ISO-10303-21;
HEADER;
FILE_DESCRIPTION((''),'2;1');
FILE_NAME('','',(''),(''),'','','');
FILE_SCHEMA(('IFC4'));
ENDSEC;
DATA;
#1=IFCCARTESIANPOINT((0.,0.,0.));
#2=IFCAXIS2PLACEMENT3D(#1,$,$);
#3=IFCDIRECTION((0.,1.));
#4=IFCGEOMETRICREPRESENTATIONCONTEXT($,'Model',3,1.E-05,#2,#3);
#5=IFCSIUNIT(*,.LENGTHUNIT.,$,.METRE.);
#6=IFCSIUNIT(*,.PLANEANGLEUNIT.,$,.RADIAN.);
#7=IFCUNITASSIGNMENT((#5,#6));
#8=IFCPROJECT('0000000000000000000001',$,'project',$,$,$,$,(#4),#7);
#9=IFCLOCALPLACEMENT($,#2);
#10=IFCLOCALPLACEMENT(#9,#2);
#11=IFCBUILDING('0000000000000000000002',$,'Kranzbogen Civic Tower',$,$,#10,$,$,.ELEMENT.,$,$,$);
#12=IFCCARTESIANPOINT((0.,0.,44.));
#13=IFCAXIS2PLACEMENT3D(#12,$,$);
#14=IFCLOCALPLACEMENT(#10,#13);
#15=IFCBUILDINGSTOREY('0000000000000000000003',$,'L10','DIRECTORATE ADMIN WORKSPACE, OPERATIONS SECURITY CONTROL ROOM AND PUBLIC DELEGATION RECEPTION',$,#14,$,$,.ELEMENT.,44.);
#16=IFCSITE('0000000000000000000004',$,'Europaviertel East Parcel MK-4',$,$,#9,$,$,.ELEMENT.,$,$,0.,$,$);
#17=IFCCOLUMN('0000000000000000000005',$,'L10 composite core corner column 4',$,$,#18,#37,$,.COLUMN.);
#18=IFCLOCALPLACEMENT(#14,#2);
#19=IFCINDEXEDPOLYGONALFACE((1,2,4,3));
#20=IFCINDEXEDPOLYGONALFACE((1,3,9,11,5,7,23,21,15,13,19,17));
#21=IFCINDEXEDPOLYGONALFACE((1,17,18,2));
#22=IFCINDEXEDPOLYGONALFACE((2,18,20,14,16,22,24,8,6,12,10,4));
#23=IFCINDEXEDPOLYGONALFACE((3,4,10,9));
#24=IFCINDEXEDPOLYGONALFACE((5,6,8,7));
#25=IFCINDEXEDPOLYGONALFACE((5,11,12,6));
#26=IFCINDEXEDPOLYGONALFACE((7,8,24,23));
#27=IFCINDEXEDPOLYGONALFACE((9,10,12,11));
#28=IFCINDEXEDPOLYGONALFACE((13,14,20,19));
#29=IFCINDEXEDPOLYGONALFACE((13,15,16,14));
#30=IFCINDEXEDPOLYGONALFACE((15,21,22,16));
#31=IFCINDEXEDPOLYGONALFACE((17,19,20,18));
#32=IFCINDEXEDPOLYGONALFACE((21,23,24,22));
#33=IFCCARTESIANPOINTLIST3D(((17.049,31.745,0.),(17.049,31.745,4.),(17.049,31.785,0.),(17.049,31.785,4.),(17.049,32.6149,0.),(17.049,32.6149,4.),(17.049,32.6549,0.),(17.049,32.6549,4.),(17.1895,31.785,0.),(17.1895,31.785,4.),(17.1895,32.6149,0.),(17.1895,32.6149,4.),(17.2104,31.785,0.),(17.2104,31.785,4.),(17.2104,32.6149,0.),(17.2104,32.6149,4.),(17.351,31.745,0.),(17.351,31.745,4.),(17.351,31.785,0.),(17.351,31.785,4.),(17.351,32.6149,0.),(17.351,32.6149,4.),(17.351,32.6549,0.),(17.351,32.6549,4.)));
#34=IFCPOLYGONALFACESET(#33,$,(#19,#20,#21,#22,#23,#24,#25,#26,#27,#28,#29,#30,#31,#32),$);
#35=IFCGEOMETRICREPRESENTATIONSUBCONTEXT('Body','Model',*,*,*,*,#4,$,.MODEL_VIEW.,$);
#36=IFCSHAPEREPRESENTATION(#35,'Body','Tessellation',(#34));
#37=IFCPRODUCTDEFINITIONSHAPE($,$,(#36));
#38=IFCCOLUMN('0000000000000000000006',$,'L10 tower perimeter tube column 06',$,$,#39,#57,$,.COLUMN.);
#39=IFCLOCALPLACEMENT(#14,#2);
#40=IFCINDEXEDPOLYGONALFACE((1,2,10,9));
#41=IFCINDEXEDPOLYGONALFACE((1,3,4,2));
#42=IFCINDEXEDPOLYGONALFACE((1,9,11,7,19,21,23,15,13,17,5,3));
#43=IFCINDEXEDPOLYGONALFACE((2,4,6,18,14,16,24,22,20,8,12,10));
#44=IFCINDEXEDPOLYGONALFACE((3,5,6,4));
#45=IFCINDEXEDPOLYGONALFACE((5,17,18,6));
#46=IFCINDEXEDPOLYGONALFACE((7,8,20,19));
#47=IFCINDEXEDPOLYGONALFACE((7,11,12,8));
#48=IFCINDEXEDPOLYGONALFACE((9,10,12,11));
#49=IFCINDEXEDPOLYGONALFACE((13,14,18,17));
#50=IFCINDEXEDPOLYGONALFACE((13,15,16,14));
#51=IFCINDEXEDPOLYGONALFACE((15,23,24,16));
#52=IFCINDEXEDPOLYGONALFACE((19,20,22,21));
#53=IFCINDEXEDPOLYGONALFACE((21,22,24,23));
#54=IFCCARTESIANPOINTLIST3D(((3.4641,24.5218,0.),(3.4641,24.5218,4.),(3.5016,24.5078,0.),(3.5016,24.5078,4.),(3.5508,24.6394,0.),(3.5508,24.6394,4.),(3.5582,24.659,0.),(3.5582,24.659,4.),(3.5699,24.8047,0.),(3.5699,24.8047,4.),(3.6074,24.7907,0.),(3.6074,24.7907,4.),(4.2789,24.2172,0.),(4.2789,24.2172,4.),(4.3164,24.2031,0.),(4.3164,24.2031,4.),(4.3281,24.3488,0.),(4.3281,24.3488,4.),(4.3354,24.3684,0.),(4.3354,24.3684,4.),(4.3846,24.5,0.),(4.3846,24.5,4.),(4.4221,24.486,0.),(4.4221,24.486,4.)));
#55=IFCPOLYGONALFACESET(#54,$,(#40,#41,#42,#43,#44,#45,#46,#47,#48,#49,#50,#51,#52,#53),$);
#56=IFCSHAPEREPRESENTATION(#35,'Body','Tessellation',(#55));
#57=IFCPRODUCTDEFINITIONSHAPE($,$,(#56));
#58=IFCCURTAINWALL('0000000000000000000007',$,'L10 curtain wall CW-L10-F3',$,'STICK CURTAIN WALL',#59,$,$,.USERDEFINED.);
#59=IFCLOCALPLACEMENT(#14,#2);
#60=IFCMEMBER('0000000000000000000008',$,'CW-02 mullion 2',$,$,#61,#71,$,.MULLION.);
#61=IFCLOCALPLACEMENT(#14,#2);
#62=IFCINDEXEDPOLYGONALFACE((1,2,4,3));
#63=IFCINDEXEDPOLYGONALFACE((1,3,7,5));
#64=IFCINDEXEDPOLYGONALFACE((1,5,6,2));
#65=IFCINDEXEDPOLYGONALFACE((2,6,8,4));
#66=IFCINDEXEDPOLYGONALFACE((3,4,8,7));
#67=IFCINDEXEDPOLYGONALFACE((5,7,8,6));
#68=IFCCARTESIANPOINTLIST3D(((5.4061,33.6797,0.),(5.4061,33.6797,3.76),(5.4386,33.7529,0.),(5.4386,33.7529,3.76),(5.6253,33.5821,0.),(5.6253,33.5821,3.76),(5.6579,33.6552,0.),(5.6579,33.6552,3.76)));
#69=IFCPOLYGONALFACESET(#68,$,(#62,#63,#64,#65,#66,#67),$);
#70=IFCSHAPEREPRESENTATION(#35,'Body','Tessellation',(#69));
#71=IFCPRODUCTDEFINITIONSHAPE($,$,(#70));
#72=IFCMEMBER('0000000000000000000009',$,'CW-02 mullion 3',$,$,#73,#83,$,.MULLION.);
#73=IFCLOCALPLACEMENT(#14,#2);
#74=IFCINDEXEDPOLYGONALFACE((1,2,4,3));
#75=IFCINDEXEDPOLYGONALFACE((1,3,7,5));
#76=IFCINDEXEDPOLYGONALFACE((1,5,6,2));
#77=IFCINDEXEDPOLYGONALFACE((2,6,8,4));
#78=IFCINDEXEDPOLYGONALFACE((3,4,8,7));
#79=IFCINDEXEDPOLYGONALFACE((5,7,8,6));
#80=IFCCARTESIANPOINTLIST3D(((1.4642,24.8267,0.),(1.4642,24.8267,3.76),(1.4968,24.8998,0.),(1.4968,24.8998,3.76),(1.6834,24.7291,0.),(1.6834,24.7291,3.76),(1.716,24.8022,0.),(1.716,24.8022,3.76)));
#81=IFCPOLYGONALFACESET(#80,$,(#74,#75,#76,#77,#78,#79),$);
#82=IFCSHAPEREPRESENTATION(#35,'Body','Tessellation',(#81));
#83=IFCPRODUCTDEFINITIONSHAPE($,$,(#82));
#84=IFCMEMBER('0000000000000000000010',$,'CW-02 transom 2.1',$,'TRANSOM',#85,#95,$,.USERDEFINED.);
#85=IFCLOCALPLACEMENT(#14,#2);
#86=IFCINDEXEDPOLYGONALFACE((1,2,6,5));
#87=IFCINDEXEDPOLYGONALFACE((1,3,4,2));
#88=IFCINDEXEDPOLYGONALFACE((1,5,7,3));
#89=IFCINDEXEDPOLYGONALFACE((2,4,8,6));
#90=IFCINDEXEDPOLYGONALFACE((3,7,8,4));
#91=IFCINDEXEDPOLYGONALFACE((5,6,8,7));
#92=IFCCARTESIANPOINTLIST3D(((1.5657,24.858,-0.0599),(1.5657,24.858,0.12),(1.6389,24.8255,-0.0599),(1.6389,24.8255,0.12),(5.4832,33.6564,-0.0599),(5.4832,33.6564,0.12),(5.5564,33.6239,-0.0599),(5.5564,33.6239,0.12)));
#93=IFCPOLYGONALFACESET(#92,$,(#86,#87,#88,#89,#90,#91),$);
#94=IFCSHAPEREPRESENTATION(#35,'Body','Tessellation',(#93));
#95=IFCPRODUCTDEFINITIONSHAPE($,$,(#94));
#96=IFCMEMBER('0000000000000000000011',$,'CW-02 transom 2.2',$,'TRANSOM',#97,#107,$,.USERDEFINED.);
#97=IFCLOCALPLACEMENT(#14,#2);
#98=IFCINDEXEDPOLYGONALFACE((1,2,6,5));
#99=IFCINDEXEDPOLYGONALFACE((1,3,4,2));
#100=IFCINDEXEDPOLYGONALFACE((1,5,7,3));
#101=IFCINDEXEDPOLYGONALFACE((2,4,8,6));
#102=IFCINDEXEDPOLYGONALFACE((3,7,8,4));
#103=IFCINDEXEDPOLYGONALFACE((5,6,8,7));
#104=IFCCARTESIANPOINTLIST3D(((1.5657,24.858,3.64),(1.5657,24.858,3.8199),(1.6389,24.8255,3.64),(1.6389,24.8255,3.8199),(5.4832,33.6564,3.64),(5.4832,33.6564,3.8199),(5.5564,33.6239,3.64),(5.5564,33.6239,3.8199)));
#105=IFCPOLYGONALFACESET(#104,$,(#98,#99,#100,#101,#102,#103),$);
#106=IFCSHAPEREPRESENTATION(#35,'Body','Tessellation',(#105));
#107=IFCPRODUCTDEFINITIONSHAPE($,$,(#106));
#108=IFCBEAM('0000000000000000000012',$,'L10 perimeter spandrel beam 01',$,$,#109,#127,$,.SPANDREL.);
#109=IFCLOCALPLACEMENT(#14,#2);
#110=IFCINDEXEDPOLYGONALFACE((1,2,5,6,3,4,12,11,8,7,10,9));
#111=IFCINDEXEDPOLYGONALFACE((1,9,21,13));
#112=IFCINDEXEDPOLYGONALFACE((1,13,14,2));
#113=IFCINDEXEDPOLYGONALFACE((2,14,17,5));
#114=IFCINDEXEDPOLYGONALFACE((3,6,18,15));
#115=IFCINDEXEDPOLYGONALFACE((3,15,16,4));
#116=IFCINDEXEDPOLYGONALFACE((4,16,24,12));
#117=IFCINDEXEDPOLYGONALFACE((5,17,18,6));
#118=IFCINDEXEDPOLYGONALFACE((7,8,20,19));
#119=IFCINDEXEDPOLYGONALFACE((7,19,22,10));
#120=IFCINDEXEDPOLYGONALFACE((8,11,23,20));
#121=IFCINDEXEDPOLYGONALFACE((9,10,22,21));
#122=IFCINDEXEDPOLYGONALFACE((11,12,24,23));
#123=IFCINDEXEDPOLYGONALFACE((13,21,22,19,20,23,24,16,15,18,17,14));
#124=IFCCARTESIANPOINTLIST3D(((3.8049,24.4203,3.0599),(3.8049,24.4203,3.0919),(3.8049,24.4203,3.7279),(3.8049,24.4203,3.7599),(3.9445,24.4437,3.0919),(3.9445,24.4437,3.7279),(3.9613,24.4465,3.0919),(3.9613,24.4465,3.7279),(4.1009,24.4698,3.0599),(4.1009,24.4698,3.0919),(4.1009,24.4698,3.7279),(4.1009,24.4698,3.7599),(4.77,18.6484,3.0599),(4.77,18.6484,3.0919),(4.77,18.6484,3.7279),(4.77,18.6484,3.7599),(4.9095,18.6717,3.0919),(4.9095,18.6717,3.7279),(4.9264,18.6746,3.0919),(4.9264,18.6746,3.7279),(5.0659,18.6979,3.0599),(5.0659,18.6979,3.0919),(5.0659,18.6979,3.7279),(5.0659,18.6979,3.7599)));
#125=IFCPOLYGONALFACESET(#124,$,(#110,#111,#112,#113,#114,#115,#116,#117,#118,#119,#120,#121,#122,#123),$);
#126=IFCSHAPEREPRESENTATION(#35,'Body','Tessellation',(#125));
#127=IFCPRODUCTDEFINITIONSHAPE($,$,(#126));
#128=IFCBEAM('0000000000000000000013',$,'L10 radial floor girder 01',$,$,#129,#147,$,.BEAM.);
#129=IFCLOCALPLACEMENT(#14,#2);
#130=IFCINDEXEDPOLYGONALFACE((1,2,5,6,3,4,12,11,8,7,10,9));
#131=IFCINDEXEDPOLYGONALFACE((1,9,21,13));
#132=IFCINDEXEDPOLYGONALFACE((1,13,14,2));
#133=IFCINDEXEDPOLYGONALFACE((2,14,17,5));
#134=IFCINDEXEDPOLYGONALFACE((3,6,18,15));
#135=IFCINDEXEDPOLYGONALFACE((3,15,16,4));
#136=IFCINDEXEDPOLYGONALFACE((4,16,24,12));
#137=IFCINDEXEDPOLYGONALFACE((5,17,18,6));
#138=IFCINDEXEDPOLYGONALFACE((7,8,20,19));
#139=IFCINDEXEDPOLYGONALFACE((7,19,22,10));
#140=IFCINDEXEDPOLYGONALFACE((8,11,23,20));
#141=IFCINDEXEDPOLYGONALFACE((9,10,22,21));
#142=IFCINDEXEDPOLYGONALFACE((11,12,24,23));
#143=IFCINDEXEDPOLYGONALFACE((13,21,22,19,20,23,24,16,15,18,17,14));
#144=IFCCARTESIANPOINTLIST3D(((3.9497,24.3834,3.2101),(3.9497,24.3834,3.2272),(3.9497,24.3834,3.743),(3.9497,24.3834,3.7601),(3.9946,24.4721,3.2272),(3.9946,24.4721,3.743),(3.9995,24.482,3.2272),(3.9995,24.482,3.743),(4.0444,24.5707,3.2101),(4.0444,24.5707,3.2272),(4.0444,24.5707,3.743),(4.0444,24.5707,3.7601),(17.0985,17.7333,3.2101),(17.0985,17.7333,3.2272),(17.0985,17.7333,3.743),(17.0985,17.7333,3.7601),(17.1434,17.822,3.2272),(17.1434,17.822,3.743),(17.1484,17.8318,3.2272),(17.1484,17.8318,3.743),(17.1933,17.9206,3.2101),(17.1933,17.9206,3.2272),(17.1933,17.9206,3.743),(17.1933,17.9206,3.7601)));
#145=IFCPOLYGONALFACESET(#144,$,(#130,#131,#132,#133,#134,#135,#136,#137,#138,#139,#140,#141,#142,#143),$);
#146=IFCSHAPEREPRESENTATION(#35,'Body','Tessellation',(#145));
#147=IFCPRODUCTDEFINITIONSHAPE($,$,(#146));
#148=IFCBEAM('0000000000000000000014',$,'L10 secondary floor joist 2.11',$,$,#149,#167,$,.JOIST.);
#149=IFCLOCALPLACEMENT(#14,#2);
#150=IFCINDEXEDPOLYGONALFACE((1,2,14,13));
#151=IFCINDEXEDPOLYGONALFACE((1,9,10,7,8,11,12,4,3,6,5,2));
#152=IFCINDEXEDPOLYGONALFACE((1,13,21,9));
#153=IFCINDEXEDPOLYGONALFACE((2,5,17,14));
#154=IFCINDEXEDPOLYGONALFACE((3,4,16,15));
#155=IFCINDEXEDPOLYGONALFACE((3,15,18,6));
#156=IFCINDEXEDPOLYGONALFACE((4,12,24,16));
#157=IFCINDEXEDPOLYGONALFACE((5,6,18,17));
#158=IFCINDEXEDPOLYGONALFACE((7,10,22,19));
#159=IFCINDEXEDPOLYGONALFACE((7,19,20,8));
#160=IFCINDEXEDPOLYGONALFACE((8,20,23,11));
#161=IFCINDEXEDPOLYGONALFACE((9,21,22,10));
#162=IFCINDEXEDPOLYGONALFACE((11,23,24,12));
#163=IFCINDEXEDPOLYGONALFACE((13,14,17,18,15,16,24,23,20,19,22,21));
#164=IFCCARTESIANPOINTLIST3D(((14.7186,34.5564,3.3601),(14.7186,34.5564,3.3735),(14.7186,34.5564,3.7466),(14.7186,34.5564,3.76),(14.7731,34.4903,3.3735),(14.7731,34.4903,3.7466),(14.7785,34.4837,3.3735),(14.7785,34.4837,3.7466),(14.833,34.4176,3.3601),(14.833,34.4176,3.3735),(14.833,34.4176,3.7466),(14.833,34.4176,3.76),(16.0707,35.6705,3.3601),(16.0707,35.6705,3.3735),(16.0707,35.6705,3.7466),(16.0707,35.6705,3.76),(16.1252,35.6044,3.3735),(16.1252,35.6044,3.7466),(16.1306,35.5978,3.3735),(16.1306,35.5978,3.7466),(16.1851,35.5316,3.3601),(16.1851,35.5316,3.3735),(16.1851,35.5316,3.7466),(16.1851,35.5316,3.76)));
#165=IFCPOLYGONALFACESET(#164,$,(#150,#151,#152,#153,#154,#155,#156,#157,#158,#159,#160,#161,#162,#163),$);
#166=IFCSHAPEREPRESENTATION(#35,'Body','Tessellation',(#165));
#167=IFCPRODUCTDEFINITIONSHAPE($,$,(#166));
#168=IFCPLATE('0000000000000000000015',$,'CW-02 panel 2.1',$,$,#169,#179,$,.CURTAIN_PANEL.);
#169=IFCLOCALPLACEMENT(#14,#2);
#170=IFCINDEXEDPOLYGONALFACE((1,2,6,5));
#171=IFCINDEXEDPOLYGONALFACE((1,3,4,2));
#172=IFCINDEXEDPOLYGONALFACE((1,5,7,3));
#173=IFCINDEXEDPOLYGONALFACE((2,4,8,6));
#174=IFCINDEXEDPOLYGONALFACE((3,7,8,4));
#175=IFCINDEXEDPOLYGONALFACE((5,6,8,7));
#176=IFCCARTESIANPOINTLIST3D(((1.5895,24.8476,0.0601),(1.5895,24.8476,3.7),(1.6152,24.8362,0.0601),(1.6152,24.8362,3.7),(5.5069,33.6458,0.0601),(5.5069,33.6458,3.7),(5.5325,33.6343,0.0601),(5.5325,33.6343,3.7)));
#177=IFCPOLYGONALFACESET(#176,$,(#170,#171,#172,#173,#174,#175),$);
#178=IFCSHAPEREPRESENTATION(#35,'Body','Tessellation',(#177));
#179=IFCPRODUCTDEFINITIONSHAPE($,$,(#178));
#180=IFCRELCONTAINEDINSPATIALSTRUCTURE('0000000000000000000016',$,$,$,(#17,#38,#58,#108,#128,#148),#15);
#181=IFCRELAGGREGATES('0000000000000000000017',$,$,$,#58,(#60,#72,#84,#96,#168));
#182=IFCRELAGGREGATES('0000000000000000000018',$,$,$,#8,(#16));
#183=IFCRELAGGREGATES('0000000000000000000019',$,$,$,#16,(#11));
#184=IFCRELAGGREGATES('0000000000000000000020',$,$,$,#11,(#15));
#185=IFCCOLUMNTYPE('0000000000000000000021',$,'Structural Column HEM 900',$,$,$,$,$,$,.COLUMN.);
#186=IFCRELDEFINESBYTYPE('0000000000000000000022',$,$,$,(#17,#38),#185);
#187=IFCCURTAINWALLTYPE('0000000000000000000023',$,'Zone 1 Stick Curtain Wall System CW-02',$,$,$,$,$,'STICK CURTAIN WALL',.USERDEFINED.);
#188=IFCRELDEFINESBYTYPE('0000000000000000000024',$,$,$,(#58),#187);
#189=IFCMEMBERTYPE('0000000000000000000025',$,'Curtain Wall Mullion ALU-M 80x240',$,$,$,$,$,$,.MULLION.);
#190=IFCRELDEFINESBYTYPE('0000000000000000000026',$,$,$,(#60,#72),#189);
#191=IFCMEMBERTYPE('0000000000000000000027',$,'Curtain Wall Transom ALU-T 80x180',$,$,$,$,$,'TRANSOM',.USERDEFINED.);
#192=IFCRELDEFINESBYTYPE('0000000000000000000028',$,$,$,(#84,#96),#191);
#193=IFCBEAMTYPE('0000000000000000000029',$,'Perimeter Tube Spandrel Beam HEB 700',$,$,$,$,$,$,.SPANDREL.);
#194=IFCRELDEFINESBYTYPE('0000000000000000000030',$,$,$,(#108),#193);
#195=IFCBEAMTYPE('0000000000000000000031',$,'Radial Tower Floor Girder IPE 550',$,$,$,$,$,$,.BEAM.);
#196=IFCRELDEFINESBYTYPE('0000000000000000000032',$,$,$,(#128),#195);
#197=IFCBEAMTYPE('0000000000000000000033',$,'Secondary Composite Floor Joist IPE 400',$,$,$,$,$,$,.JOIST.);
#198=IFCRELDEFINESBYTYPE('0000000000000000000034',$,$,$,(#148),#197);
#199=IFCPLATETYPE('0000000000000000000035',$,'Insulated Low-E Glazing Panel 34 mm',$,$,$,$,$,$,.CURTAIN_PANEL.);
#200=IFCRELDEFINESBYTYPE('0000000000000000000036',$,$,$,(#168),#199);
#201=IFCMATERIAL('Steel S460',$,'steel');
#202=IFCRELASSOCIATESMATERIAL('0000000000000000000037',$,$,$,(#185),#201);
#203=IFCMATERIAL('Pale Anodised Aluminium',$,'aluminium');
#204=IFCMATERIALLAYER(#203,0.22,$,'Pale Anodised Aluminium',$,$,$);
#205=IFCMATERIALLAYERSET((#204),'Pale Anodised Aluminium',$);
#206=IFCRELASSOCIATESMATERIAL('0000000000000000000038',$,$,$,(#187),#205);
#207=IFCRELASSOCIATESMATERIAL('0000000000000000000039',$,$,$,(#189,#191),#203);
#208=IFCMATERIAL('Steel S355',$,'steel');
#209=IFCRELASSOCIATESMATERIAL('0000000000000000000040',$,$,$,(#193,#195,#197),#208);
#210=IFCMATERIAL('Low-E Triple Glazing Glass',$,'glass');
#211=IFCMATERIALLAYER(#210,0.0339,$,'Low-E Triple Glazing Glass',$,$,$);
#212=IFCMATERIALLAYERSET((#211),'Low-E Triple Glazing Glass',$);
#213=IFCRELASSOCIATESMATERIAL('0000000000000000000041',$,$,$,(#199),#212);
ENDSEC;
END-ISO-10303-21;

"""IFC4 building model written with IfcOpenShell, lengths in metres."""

from ifc_helpers import new_model, si_unit, direction, frame, origin, origin_2d, place, context, subcontext, project, spatial, rectangle, i_section, extrude, material, layer, layer_set, material_profile, profile_set, type_object, element, aggregate, save


model = new_model("IFC4")

# Units and contexts
model_context = context("Model", 3, precision=1e-05, world=origin(), true_north=direction((0.0, 1.0)))
body_context = subcontext(model_context, "Body", "Model", "MODEL_VIEW")
ifc_project = project(units=[si_unit("LENGTHUNIT", "METRE"), si_unit("PLANEANGLEUNIT", "RADIAN")], contexts=[model_context])

# Site, building, storey
site_placement = place(None, origin())
site = spatial("IfcSite", under=ifc_project, at=site_placement, Name="Europaviertel East Parcel MK-4", CompositionType="ELEMENT", RefElevation=0.0)
building_placement = place(site_placement, origin())
building = spatial("IfcBuilding", under=site, at=building_placement, Name="Kranzbogen Civic Tower", CompositionType="ELEMENT")
storey_placement = place(building_placement, frame((0.0, 0.0, 44.0)))
storey = spatial("IfcBuildingStorey", under=building, at=storey_placement, Name="L10", Description="DIRECTORATE ADMIN WORKSPACE, OPERATIONS SECURITY CONTROL ROOM AND PUBLIC DELEGATION RECEPTION", CompositionType="ELEMENT", Elevation=44.0)

# Columns
ifc_material_1 = material(Name="Steel S460", Category="steel")
ifc_material_profile_1 = material_profile(ifc_material_1, i_section(OverallWidth=0.302, OverallDepth=0.9099, WebThickness=0.021, FlangeThickness=0.04, at=origin_2d()), Name="HEM 900")
ifc_profile_set_1 = profile_set([ifc_material_profile_1], Name="Steel S460")
column_type = type_object("IfcColumnType", Name="Structural Column HEM 900", PredefinedType="COLUMN", material=ifc_profile_set_1)
for number, where, z_axis, x_axis, name in (
    (1, (17.2, 32.2, 0.0), (0.0, 0.0, 1.0), (1.0, 0.0, 0.0), "L10 composite core corner column 4"),
    (2, (3.9431, 24.5039, 0.0), (0.0, 0.0, 1.0), (0.350207, 0.936672, 0.0), "L10 tower perimeter tube column 06"),
):
    element("IfcColumn", number, at=place(storey_placement, frame(where, z_axis=z_axis, x_axis=x_axis)), inside=storey, type_object=column_type, Name=name, PredefinedType="COLUMN", context=body_context, shape_type="SweptSolid", body=[
        extrude(i_section(OverallWidth=0.302, OverallDepth=0.9099, WebThickness=0.021, FlangeThickness=0.04, at=origin_2d()), origin(), (0.0, 0.0, 1.0), 4.0),
    ])

# Curtain wall, members
ifc_material_2 = material(Name="Pale Anodised Aluminium", Category="aluminium")
ifc_layer_1 = layer(ifc_material_2, 0.22, Name="Pale Anodised Aluminium")
ifc_layer_set_1 = layer_set([ifc_layer_1], Name="Pale Anodised Aluminium")
curtain_wall_type = type_object("IfcCurtainWallType", Name="Zone 1 Stick Curtain Wall System CW-02", ElementType="STICK CURTAIN WALL", PredefinedType="USERDEFINED", material=ifc_layer_set_1)
curtain_wall_placement = place(storey_placement, origin())
curtain_wall = element("IfcCurtainWall", 3, at=curtain_wall_placement, inside=storey, type_object=curtain_wall_type, Name="L10 curtain wall CW-L10-F3", ObjectType="STICK CURTAIN WALL", PredefinedType="USERDEFINED")
ifc_material_profile_2 = material_profile(ifc_material_2, rectangle(XDim=0.0801, YDim=0.24, at=origin_2d()), Name="ALU-M 80x240")
ifc_profile_set_2 = profile_set([ifc_material_profile_2], Name="Pale Anodised Aluminium")
member_type_1 = type_object("IfcMemberType", Name="Curtain Wall Mullion ALU-M 80x240", PredefinedType="MULLION", material=ifc_profile_set_2)
member_1_placement = place(storey_placement, frame((5.532, 33.6675, 0.0), z_axis=(0.0, 0.0, 1.0), x_axis=(-0.406749, -0.91354, 0.0)))
member_1 = element("IfcMember", 4, at=member_1_placement, type_object=member_type_1, Name="CW-02 mullion 2", PredefinedType="MULLION", context=body_context, shape_type="SweptSolid", body=[
    extrude(rectangle(XDim=0.0801, YDim=0.24, at=origin_2d()), origin(), (0.0, 0.0, 1.0), 3.76),
])
member_2_placement = place(storey_placement, frame((1.5901, 24.8145, 0.0), z_axis=(0.0, 0.0, 1.0), x_axis=(-0.406749, -0.91354, 0.0)))
member_2 = element("IfcMember", 5, at=member_2_placement, type_object=member_type_1, Name="CW-02 mullion 3", PredefinedType="MULLION", context=body_context, shape_type="SweptSolid", body=[
    extrude(rectangle(XDim=0.0801, YDim=0.24, at=origin_2d()), origin(), (0.0, 0.0, 1.0), 3.76),
])
ifc_material_profile_3 = material_profile(ifc_material_2, rectangle(XDim=0.0801, YDim=0.1799, at=origin_2d()), Name="ALU-T 80x180")
ifc_profile_set_3 = profile_set([ifc_material_profile_3], Name="Pale Anodised Aluminium")
member_type_2 = type_object("IfcMemberType", Name="Curtain Wall Transom ALU-T 80x180", ElementType="TRANSOM", PredefinedType="USERDEFINED", material=ifc_profile_set_3)
member_3_placement = place(storey_placement, frame((5.5198, 33.6401, 0.03), z_axis=(-0.406755, -0.913537, 0.0), x_axis=(0.913537, -0.406755, 0.0)))
member_3 = element("IfcMember", 6, at=member_3_placement, type_object=member_type_2, Name="CW-02 transom 2.1", ObjectType="TRANSOM", PredefinedType="USERDEFINED", context=body_context, shape_type="SweptSolid", body=[
    extrude(rectangle(XDim=0.0801, YDim=0.1799, at=origin_2d()), origin(), (0.0, 0.0, 1.0), 9.6311),
])
member_4_placement = place(storey_placement, frame((5.5198, 33.6401, 3.73), z_axis=(-0.406755, -0.913537, 0.0), x_axis=(0.913537, -0.406755, 0.0)))
member_4 = element("IfcMember", 7, at=member_4_placement, type_object=member_type_2, Name="CW-02 transom 2.2", ObjectType="TRANSOM", PredefinedType="USERDEFINED", context=body_context, shape_type="SweptSolid", body=[
    extrude(rectangle(XDim=0.0801, YDim=0.1799, at=origin_2d()), origin(), (0.0, 0.0, 1.0), 9.6311),
])

# Beams
ifc_material_3 = material(Name="Steel S355", Category="steel")
ifc_material_profile_4 = material_profile(ifc_material_3, i_section(OverallWidth=0.3, OverallDepth=0.7, WebThickness=0.0171, FlangeThickness=0.032, at=origin_2d()), Name="HEB 700")
ifc_profile_set_4 = profile_set([ifc_material_profile_4], Name="Steel S355")
beam_type_1 = type_object("IfcBeamType", Name="Perimeter Tube Spandrel Beam HEB 700", PredefinedType="SPANDREL", material=ifc_profile_set_4)
beam_1_placement = place(storey_placement, frame((3.9529, 24.4451, 3.4099), z_axis=(0.164913, -0.986308, 0.0), x_axis=(0.986308, 0.164913, 0.0)))
element("IfcBeam", 8, at=beam_1_placement, inside=storey, type_object=beam_type_1, Name="L10 perimeter spandrel beam 01", PredefinedType="SPANDREL", context=body_context, shape_type="SweptSolid", body=[
    extrude(i_section(OverallWidth=0.3, OverallDepth=0.7, WebThickness=0.0171, FlangeThickness=0.032, at=origin_2d()), origin(), (0.0, 0.0, 1.0), 5.8521),
])
ifc_material_profile_5 = material_profile(ifc_material_3, i_section(OverallWidth=0.21, OverallDepth=0.55, WebThickness=0.011, FlangeThickness=0.0171, at=origin_2d()), Name="IPE 550")
ifc_profile_set_5 = profile_set([ifc_material_profile_5], Name="Steel S355")
beam_type_2 = type_object("IfcBeamType", Name="Radial Tower Floor Girder IPE 550", PredefinedType="BEAM", material=ifc_profile_set_5)
beam_2_placement = place(storey_placement, frame((3.9971, 24.4771, 3.4851), z_axis=(0.892363, -0.451318, 0.0), x_axis=(0.451318, 0.892363, 0.0)))
element("IfcBeam", 9, at=beam_2_placement, inside=storey, type_object=beam_type_2, Name="L10 radial floor girder 01", PredefinedType="BEAM", context=body_context, shape_type="SweptSolid", body=[
    extrude(i_section(OverallWidth=0.21, OverallDepth=0.55, WebThickness=0.011, FlangeThickness=0.0171, at=origin_2d()), origin(), (0.0, 0.0, 1.0), 14.7349),
])
ifc_material_profile_6 = material_profile(ifc_material_3, i_section(OverallWidth=0.1799, OverallDepth=0.3999, WebThickness=0.0085, FlangeThickness=0.0134, at=origin_2d()), Name="IPE 400")
ifc_profile_set_6 = profile_set([ifc_material_profile_6], Name="Steel S355")
beam_type_3 = type_object("IfcBeamType", Name="Secondary Composite Floor Joist IPE 400", PredefinedType="JOIST", material=ifc_profile_set_6)
beam_3_placement = place(storey_placement, frame((16.1279, 35.6011, 3.5601), z_axis=(-0.771773, -0.635898, 0.0), x_axis=(0.635898, -0.771773, 0.0)))
element("IfcBeam", 10, at=beam_3_placement, inside=storey, type_object=beam_type_3, Name="L10 secondary floor joist 2.11", PredefinedType="JOIST", context=body_context, shape_type="SweptSolid", body=[
    extrude(i_section(OverallWidth=0.1799, OverallDepth=0.3999, WebThickness=0.0085, FlangeThickness=0.0134, at=origin_2d()), origin(), (0.0, 0.0, 1.0), 1.752),
])

# Plate
ifc_material_4 = material(Name="Low-E Triple Glazing Glass", Category="glass")
ifc_layer_2 = layer(ifc_material_4, 0.0339, Name="Low-E Triple Glazing Glass")
ifc_layer_set_2 = layer_set([ifc_layer_2], Name="Low-E Triple Glazing Glass")
plate_type = type_object("IfcPlateType", Name="Insulated Low-E Glazing Panel 34 mm", PredefinedType="CURTAIN_PANEL", material=ifc_layer_set_2)
plate_placement = place(storey_placement, frame((3.561, 29.241, 0.0601), z_axis=(0.0, 0.0, 1.0), x_axis=(-0.406749, -0.91354, 0.0)))
plate = element("IfcPlate", 11, at=plate_placement, type_object=plate_type, Name="CW-02 panel 2.1", PredefinedType="CURTAIN_PANEL", context=body_context, shape_type="SweptSolid", body=[
    extrude(rectangle(XDim=9.6309, YDim=0.0281, at=origin_2d()), origin(), (0.0, 0.0, 1.0), 3.6399),
])
aggregate(curtain_wall, [member_1, member_2, member_3, member_4, plate])

save(model, "model.ifc")
